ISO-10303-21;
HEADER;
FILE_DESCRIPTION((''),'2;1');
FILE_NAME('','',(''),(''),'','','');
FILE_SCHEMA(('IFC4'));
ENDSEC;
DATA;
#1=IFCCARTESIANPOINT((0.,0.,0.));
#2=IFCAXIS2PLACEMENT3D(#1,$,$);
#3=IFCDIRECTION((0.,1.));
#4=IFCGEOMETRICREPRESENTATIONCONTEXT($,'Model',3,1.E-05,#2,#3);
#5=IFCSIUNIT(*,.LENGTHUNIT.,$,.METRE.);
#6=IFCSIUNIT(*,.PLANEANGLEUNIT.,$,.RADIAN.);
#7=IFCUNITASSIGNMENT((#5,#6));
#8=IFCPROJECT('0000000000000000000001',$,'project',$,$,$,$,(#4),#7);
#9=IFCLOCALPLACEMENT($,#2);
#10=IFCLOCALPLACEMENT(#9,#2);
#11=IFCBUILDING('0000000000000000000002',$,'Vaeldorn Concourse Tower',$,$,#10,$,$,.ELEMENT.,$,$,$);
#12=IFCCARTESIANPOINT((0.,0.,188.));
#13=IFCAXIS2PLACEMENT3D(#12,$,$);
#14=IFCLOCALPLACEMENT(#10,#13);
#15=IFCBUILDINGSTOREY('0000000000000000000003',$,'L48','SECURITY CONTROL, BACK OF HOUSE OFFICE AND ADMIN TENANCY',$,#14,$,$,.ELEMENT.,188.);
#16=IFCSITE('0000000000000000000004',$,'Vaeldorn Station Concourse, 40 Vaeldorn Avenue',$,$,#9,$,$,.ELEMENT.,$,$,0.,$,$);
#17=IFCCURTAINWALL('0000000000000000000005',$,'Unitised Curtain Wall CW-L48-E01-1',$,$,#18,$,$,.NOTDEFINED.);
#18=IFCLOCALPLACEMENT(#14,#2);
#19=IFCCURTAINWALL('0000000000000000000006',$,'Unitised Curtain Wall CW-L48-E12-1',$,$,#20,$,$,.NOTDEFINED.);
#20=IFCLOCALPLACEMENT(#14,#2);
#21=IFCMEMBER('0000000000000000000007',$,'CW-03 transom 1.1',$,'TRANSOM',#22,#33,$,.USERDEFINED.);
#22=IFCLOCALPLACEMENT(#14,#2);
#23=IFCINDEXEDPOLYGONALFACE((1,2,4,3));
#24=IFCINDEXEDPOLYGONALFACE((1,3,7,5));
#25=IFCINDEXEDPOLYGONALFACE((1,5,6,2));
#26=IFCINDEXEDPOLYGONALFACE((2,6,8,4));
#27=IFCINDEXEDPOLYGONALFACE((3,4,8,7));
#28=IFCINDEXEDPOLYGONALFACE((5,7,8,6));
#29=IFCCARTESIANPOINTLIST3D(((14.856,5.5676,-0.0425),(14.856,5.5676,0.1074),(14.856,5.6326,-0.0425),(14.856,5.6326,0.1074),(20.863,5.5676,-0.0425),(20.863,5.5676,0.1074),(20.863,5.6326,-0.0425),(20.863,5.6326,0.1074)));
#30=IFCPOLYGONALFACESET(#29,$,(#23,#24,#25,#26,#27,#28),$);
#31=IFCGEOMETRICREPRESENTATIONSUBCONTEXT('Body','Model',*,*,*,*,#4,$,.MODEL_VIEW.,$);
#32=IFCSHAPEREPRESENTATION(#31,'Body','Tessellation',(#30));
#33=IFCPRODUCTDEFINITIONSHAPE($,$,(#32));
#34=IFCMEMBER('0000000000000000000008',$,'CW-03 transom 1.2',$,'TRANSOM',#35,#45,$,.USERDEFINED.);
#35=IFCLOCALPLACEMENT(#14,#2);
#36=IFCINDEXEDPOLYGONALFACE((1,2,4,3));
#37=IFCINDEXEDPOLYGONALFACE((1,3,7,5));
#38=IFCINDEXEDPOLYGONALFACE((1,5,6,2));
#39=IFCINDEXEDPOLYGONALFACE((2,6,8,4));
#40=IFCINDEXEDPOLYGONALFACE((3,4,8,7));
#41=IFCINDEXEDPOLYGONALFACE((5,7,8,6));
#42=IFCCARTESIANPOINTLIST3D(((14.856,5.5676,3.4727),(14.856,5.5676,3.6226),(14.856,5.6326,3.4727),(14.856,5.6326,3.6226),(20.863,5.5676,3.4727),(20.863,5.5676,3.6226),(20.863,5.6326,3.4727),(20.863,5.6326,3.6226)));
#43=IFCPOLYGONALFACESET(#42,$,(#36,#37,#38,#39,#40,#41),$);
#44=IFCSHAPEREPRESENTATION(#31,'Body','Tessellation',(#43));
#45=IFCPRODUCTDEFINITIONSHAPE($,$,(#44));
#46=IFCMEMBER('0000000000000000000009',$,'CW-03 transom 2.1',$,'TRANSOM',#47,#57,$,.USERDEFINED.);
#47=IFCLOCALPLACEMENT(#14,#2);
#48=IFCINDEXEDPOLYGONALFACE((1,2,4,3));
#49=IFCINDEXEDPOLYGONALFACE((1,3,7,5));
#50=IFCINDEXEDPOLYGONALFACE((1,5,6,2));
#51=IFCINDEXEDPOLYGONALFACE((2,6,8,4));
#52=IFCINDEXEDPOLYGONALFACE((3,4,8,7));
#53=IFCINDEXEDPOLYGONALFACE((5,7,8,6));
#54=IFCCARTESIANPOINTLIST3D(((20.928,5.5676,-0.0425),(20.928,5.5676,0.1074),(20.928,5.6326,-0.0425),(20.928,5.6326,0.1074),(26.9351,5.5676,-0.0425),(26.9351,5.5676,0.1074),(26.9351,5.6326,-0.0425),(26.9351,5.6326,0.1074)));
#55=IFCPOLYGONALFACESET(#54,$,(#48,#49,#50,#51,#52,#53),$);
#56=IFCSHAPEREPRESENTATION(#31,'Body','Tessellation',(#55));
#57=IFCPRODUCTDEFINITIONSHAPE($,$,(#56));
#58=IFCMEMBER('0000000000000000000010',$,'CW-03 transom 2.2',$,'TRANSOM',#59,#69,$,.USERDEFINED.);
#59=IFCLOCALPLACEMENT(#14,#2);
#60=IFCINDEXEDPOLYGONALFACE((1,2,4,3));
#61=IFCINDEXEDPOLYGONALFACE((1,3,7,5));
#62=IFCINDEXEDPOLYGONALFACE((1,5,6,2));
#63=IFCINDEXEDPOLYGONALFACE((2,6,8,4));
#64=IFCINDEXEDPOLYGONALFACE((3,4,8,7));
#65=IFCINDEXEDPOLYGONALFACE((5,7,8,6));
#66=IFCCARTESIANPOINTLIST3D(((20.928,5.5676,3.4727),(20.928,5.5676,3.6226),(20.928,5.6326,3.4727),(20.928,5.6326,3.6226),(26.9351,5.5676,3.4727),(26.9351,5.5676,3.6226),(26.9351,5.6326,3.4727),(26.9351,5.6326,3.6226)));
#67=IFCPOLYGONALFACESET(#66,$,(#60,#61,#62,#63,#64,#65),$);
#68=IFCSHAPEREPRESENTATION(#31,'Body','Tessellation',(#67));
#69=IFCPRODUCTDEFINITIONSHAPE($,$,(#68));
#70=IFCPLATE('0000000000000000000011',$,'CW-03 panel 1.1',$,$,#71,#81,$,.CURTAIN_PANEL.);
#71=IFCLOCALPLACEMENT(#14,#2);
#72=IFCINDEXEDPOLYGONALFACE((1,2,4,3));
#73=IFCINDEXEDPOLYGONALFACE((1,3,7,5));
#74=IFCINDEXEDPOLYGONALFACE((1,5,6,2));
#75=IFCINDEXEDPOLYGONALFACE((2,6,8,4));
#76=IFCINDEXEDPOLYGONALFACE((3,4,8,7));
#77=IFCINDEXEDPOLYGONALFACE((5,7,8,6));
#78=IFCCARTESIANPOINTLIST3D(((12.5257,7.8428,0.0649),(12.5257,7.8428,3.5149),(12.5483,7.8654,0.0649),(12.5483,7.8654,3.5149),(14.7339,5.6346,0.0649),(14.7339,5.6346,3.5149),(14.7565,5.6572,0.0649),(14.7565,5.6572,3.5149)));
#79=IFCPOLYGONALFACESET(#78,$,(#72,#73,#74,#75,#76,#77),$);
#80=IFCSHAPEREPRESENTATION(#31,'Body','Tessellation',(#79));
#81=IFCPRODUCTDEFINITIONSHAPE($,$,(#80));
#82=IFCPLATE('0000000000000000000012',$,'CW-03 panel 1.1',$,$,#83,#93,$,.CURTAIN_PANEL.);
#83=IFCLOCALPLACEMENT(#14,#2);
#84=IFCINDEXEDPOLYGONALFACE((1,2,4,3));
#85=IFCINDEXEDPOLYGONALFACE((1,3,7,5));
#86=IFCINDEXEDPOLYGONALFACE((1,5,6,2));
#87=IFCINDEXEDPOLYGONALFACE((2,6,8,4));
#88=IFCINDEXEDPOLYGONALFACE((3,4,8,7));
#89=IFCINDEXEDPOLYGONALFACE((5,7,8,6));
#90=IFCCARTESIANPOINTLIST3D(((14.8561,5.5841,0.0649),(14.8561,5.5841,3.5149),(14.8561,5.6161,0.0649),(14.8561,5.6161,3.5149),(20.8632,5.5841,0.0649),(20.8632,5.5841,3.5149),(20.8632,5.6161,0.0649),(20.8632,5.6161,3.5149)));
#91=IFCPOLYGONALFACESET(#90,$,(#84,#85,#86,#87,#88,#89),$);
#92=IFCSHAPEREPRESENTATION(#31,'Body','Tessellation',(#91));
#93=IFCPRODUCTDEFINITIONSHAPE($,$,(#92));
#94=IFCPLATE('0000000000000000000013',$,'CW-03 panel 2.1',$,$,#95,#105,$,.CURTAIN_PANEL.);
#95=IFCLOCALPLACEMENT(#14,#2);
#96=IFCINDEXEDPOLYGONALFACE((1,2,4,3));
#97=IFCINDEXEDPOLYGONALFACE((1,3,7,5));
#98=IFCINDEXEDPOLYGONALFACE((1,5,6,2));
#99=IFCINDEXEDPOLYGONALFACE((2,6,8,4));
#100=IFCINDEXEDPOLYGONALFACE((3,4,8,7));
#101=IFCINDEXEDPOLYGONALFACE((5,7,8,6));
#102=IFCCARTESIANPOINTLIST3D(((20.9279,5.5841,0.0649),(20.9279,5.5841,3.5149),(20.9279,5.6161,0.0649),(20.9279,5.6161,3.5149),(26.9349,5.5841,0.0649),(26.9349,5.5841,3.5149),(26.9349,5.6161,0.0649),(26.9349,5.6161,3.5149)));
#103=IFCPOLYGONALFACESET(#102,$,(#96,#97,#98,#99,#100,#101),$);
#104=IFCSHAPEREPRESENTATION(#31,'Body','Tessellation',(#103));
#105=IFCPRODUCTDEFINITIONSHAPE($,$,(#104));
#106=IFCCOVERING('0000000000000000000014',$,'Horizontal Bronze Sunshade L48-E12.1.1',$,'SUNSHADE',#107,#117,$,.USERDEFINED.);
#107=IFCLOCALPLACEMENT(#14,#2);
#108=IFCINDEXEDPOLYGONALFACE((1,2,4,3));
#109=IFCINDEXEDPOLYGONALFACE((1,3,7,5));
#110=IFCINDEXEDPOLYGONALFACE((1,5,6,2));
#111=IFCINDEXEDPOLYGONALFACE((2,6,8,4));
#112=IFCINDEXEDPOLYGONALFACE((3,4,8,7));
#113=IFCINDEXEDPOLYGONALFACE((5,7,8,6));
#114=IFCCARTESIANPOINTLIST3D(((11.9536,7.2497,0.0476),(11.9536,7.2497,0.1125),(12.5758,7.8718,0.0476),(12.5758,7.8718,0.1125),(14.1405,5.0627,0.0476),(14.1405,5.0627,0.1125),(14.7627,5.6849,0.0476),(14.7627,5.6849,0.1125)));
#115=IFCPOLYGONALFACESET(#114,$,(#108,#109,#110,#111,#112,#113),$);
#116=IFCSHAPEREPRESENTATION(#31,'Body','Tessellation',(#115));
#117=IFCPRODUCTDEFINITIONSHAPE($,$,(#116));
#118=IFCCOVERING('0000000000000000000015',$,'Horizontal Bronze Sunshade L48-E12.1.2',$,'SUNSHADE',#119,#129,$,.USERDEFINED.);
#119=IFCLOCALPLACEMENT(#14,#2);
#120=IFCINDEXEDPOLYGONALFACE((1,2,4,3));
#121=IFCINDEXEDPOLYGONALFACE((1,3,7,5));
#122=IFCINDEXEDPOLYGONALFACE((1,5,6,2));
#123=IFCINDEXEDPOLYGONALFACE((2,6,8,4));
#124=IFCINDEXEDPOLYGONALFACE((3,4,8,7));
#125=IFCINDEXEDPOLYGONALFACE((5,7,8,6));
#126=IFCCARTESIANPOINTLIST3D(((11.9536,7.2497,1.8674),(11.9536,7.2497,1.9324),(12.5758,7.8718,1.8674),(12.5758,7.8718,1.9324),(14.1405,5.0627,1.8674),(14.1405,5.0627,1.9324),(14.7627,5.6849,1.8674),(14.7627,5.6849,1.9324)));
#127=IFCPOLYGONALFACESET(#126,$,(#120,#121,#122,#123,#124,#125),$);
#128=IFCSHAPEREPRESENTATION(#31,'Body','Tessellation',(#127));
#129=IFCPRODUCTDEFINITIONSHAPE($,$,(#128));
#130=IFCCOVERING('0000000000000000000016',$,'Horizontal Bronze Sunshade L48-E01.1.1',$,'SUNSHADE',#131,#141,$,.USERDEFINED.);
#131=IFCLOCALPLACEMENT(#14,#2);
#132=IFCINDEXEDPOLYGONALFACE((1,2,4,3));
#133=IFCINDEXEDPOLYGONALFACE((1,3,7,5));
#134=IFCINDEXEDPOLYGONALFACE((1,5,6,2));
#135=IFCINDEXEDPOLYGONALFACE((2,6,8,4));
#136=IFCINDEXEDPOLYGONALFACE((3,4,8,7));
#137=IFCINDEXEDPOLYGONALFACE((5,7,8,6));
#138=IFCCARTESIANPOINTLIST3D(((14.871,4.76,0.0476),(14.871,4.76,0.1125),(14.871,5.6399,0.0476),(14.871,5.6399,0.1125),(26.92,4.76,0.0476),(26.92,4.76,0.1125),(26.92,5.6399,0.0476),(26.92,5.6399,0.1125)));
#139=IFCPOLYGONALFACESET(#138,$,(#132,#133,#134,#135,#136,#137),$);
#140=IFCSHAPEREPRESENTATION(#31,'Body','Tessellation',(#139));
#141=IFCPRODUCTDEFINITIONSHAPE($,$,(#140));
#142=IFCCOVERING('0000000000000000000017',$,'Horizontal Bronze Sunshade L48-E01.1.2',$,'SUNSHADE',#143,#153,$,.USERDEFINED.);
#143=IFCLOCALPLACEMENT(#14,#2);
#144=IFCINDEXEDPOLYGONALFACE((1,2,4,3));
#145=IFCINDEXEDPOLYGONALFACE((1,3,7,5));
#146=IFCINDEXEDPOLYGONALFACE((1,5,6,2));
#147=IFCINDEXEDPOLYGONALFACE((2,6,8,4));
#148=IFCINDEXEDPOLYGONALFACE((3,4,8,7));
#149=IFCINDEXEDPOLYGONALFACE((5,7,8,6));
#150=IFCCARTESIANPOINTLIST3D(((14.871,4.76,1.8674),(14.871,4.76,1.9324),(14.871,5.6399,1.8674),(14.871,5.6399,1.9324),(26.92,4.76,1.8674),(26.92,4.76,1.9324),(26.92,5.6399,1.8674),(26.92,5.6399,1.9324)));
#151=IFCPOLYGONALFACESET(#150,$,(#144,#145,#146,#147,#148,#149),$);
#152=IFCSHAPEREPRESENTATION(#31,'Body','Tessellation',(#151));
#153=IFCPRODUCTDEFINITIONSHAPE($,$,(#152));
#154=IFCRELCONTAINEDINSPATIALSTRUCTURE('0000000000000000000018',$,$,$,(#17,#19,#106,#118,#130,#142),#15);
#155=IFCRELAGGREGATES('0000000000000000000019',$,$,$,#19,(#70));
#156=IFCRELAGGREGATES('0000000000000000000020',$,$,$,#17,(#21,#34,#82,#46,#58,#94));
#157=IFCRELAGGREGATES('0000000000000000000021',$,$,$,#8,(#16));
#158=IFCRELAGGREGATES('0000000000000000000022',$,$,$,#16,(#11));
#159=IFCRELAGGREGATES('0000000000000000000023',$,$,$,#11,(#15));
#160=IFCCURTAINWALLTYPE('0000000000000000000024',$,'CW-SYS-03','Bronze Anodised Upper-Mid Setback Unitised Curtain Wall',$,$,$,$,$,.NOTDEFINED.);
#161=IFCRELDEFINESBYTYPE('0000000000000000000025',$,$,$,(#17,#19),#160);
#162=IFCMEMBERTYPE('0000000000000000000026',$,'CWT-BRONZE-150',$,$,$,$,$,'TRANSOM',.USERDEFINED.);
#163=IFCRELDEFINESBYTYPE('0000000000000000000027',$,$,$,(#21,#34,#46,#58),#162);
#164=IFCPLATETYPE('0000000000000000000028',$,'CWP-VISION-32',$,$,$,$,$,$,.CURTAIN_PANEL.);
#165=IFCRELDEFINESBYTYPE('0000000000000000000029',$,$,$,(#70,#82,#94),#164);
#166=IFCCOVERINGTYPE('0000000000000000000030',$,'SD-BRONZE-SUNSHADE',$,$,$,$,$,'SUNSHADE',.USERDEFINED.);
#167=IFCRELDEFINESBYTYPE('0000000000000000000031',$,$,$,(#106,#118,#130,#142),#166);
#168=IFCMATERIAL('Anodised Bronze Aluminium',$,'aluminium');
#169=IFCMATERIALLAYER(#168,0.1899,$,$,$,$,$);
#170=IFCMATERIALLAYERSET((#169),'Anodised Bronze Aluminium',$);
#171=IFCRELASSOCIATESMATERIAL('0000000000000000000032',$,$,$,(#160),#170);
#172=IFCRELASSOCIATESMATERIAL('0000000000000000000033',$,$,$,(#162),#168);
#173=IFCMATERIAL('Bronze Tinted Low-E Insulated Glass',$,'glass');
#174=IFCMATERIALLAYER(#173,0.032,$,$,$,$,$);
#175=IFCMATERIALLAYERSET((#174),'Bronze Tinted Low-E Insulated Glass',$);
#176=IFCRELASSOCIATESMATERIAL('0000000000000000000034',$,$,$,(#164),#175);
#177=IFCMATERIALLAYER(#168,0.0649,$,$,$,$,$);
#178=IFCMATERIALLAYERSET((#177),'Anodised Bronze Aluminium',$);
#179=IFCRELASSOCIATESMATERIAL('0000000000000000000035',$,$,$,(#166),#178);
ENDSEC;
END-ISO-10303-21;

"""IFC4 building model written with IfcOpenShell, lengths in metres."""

from ifc_helpers import new_model, si_unit, direction, frame, origin, origin_2d, place, context, subcontext, project, spatial, rectangle, extrude, source, transform, mapped, material, layer, layer_set, material_profile, profile_set, type_object, element, aggregate, save


model = new_model("IFC4")

# Units and contexts
model_context = context("Model", 3, precision=1e-05, world=origin(), true_north=direction((0.0, 1.0)))
body_context = subcontext(model_context, "Body", "Model", "MODEL_VIEW")
ifc_project = project(units=[si_unit("LENGTHUNIT", "METRE"), si_unit("PLANEANGLEUNIT", "RADIAN")], contexts=[model_context])

# Site, building, storey
site_placement = place(None, origin())
site = spatial("IfcSite", under=ifc_project, at=site_placement, Name="Vaeldorn Station Concourse, 40 Vaeldorn Avenue", CompositionType="ELEMENT", RefElevation=0.0)
building_placement = place(site_placement, origin())
building = spatial("IfcBuilding", under=site, at=building_placement, Name="Vaeldorn Concourse Tower", CompositionType="ELEMENT")
storey_placement = place(building_placement, frame((0.0, 0.0, 188.0)))
storey = spatial("IfcBuildingStorey", under=building, at=storey_placement, Name="L48", Description="SECURITY CONTROL, BACK OF HOUSE OFFICE AND ADMIN TENANCY", CompositionType="ELEMENT", Elevation=188.0)

# Curtain wall
ifc_material_1 = material(Name="Anodised Bronze Aluminium", Category="aluminium")
ifc_layer_1 = layer(ifc_material_1, 0.1899)
ifc_layer_set_1 = layer_set([ifc_layer_1], Name="Anodised Bronze Aluminium")
curtain_wall_type = type_object("IfcCurtainWallType", Name="CW-SYS-03", Description="Bronze Anodised Upper-Mid Setback Unitised Curtain Wall", PredefinedType="NOTDEFINED", material=ifc_layer_set_1)
ifc_material_profile_1 = material_profile(ifc_material_1, rectangle(XDim=0.0649, YDim=0.1499, at=origin_2d()), Name="CWT 65x150")
ifc_profile_set_1 = profile_set([ifc_material_profile_1], Name="Anodised Bronze Aluminium")
member_type_1 = type_object("IfcMemberType", Name="CWT-BRONZE-150", ElementType="TRANSOM", PredefinedType="USERDEFINED", material=ifc_profile_set_1)
curtain_wall_1_placement = place(storey_placement, origin())
curtain_wall_1 = element("IfcCurtainWall", 1, at=curtain_wall_1_placement, inside=storey, type_object=curtain_wall_type, Name="Unitised Curtain Wall CW-L48-E01-1", PredefinedType="NOTDEFINED")

# Curtain wall
curtain_wall_2_placement = place(storey_placement, origin())
curtain_wall_2 = element("IfcCurtainWall", 2, at=curtain_wall_2_placement, inside=storey, type_object=curtain_wall_type, Name="Unitised Curtain Wall CW-L48-E12-1", PredefinedType="NOTDEFINED")

# Members
shared_shape_1 = source(origin(), body_context, "Body", "SweptSolid", [
    extrude(rectangle(XDim=0.0649, YDim=0.1499, at=origin_2d()), origin(), (0.0, 0.0, 1.0), 6.0071),
])
member_1_placement = place(storey_placement, frame((14.856, 5.6001, 0.0325), z_axis=(1.0, 0.0, 0.0), x_axis=(0.0, 1.0, 0.0)))
member_1 = element("IfcMember", 3, at=member_1_placement, type_object=member_type_1, Name="CW-03 transom 1.1", ObjectType="TRANSOM", PredefinedType="USERDEFINED", context=body_context, shape_type="MappedRepresentation", body=[
    mapped(shared_shape_1, transform((0.0, 0.0, 0.0), scale=1.0)),
])
member_2_placement = place(storey_placement, frame((14.856, 5.6001, 3.5476), z_axis=(1.0, 0.0, 0.0), x_axis=(0.0, 1.0, 0.0)))
member_2 = element("IfcMember", 4, at=member_2_placement, type_object=member_type_1, Name="CW-03 transom 1.2", ObjectType="TRANSOM", PredefinedType="USERDEFINED", context=body_context, shape_type="MappedRepresentation", body=[
    mapped(shared_shape_1, transform((0.0, 0.0, 0.0), scale=1.0)),
])
member_3_placement = place(storey_placement, frame((20.928, 5.6001, 0.0325), z_axis=(1.0, 0.0, 0.0), x_axis=(0.0, 1.0, 0.0)))
member_3 = element("IfcMember", 5, at=member_3_placement, type_object=member_type_1, Name="CW-03 transom 2.1", ObjectType="TRANSOM", PredefinedType="USERDEFINED", context=body_context, shape_type="MappedRepresentation", body=[
    mapped(shared_shape_1, transform((0.0, 0.0, 0.0), scale=1.0)),
])
member_4_placement = place(storey_placement, frame((20.928, 5.6001, 3.5476), z_axis=(1.0, 0.0, 0.0), x_axis=(0.0, 1.0, 0.0)))
member_4 = element("IfcMember", 6, at=member_4_placement, type_object=member_type_1, Name="CW-03 transom 2.2", ObjectType="TRANSOM", PredefinedType="USERDEFINED", context=body_context, shape_type="MappedRepresentation", body=[
    mapped(shared_shape_1, transform((0.0, 0.0, 0.0), scale=1.0)),
])

# Plates
ifc_material_2 = material(Name="Bronze Tinted Low-E Insulated Glass", Category="glass")
ifc_layer_2 = layer(ifc_material_2, 0.032)
ifc_layer_set_2 = layer_set([ifc_layer_2], Name="Bronze Tinted Low-E Insulated Glass")
plate_type = type_object("IfcPlateType", Name="CWP-VISION-32", PredefinedType="CURTAIN_PANEL", material=ifc_layer_set_2)
shared_shape_2 = source(origin(), body_context, "Body", "SweptSolid", [
    extrude(rectangle(XDim=3.1228, YDim=0.032, at=origin_2d()), origin(), (0.0, 0.0, 1.0), 3.45),
])
plate_1_placement = place(storey_placement, frame((13.6411, 6.75, 0.0649), z_axis=(0.0, 0.0, 1.0), x_axis=(0.707107, -0.707107, 0.0)))
plate_1 = element("IfcPlate", 7, at=plate_1_placement, type_object=plate_type, Name="CW-03 panel 1.1", PredefinedType="CURTAIN_PANEL", context=body_context, shape_type="MappedRepresentation", body=[
    mapped(shared_shape_2, transform((0.0, 0.0, 0.0), scale=1.0)),
])
aggregate(curtain_wall_2, [plate_1])
shared_shape_3 = source(origin(), body_context, "Body", "SweptSolid", [
    extrude(rectangle(XDim=6.0071, YDim=0.032, at=origin_2d()), origin(), (0.0, 0.0, 1.0), 3.45),
])
plate_2_placement = place(storey_placement, frame((17.8596, 5.6001, 0.0649), z_axis=(0.0, 0.0, 1.0), x_axis=(1.0, 0.0, 0.0)))
plate_2 = element("IfcPlate", 8, at=plate_2_placement, type_object=plate_type, Name="CW-03 panel 1.1", PredefinedType="CURTAIN_PANEL", context=body_context, shape_type="MappedRepresentation", body=[
    mapped(shared_shape_3, transform((0.0, 0.0, 0.0), scale=1.0)),
])
plate_3_placement = place(storey_placement, frame((23.9314, 5.6001, 0.0649), z_axis=(0.0, 0.0, 1.0), x_axis=(1.0, 0.0, 0.0)))
plate_3 = element("IfcPlate", 9, at=plate_3_placement, type_object=plate_type, Name="CW-03 panel 2.1", PredefinedType="CURTAIN_PANEL", context=body_context, shape_type="MappedRepresentation", body=[
    mapped(shared_shape_3, transform((0.0, 0.0, 0.0), scale=1.0)),
])
aggregate(curtain_wall_1, [member_1, member_2, plate_2, member_3, member_4, plate_3])

# Coverings
ifc_layer_3 = layer(ifc_material_1, 0.0649)
ifc_layer_set_3 = layer_set([ifc_layer_3], Name="Anodised Bronze Aluminium")
covering_type = type_object("IfcCoveringType", Name="SD-BRONZE-SUNSHADE", ElementType="SUNSHADE", PredefinedType="USERDEFINED", material=ifc_layer_set_3)
shared_shape_4 = source(origin(), body_context, "Body", "SweptSolid", [
    extrude(rectangle(XDim=3.0928, YDim=0.8799, at=origin_2d()), origin(), (0.0, 0.0, 1.0), 0.0649),
])
for number, where, z_axis, x_axis, name in (
    (10, (13.3582, 6.4673, 0.0476), (0.0, 0.0, 1.0), (0.707107, -0.707107, 0.0), "Horizontal Bronze Sunshade L48-E12.1.1"),
    (11, (13.3582, 6.4673, 1.8674), (0.0, 0.0, 1.0), (0.707107, -0.707107, 0.0), "Horizontal Bronze Sunshade L48-E12.1.2"),
):
    element("IfcCovering", number, at=place(storey_placement, frame(where, z_axis=z_axis, x_axis=x_axis)), inside=storey, type_object=covering_type, Name=name, ObjectType="SUNSHADE", PredefinedType="USERDEFINED", context=body_context, shape_type="MappedRepresentation", body=[
        mapped(shared_shape_4, transform((0.0, 0.0, 0.0), scale=1.0)),
    ])
shared_shape_5 = source(origin(), body_context, "Body", "SweptSolid", [
    extrude(rectangle(XDim=12.0491, YDim=0.8799, at=origin_2d()), origin(), (0.0, 0.0, 1.0), 0.0649),
])
for number, where, z_axis, x_axis, name in (
    (12, (20.8955, 5.2, 0.0476), (0.0, 0.0, 1.0), (1.0, 0.0, 0.0), "Horizontal Bronze Sunshade L48-E01.1.1"),
    (13, (20.8955, 5.2, 1.8674), (0.0, 0.0, 1.0), (1.0, 0.0, 0.0), "Horizontal Bronze Sunshade L48-E01.1.2"),
):
    element("IfcCovering", number, at=place(storey_placement, frame(where, z_axis=z_axis, x_axis=x_axis)), inside=storey, type_object=covering_type, Name=name, ObjectType="SUNSHADE", PredefinedType="USERDEFINED", context=body_context, shape_type="MappedRepresentation", body=[
        mapped(shared_shape_5, transform((0.0, 0.0, 0.0), scale=1.0)),
    ])

save(model, "model.ifc")
